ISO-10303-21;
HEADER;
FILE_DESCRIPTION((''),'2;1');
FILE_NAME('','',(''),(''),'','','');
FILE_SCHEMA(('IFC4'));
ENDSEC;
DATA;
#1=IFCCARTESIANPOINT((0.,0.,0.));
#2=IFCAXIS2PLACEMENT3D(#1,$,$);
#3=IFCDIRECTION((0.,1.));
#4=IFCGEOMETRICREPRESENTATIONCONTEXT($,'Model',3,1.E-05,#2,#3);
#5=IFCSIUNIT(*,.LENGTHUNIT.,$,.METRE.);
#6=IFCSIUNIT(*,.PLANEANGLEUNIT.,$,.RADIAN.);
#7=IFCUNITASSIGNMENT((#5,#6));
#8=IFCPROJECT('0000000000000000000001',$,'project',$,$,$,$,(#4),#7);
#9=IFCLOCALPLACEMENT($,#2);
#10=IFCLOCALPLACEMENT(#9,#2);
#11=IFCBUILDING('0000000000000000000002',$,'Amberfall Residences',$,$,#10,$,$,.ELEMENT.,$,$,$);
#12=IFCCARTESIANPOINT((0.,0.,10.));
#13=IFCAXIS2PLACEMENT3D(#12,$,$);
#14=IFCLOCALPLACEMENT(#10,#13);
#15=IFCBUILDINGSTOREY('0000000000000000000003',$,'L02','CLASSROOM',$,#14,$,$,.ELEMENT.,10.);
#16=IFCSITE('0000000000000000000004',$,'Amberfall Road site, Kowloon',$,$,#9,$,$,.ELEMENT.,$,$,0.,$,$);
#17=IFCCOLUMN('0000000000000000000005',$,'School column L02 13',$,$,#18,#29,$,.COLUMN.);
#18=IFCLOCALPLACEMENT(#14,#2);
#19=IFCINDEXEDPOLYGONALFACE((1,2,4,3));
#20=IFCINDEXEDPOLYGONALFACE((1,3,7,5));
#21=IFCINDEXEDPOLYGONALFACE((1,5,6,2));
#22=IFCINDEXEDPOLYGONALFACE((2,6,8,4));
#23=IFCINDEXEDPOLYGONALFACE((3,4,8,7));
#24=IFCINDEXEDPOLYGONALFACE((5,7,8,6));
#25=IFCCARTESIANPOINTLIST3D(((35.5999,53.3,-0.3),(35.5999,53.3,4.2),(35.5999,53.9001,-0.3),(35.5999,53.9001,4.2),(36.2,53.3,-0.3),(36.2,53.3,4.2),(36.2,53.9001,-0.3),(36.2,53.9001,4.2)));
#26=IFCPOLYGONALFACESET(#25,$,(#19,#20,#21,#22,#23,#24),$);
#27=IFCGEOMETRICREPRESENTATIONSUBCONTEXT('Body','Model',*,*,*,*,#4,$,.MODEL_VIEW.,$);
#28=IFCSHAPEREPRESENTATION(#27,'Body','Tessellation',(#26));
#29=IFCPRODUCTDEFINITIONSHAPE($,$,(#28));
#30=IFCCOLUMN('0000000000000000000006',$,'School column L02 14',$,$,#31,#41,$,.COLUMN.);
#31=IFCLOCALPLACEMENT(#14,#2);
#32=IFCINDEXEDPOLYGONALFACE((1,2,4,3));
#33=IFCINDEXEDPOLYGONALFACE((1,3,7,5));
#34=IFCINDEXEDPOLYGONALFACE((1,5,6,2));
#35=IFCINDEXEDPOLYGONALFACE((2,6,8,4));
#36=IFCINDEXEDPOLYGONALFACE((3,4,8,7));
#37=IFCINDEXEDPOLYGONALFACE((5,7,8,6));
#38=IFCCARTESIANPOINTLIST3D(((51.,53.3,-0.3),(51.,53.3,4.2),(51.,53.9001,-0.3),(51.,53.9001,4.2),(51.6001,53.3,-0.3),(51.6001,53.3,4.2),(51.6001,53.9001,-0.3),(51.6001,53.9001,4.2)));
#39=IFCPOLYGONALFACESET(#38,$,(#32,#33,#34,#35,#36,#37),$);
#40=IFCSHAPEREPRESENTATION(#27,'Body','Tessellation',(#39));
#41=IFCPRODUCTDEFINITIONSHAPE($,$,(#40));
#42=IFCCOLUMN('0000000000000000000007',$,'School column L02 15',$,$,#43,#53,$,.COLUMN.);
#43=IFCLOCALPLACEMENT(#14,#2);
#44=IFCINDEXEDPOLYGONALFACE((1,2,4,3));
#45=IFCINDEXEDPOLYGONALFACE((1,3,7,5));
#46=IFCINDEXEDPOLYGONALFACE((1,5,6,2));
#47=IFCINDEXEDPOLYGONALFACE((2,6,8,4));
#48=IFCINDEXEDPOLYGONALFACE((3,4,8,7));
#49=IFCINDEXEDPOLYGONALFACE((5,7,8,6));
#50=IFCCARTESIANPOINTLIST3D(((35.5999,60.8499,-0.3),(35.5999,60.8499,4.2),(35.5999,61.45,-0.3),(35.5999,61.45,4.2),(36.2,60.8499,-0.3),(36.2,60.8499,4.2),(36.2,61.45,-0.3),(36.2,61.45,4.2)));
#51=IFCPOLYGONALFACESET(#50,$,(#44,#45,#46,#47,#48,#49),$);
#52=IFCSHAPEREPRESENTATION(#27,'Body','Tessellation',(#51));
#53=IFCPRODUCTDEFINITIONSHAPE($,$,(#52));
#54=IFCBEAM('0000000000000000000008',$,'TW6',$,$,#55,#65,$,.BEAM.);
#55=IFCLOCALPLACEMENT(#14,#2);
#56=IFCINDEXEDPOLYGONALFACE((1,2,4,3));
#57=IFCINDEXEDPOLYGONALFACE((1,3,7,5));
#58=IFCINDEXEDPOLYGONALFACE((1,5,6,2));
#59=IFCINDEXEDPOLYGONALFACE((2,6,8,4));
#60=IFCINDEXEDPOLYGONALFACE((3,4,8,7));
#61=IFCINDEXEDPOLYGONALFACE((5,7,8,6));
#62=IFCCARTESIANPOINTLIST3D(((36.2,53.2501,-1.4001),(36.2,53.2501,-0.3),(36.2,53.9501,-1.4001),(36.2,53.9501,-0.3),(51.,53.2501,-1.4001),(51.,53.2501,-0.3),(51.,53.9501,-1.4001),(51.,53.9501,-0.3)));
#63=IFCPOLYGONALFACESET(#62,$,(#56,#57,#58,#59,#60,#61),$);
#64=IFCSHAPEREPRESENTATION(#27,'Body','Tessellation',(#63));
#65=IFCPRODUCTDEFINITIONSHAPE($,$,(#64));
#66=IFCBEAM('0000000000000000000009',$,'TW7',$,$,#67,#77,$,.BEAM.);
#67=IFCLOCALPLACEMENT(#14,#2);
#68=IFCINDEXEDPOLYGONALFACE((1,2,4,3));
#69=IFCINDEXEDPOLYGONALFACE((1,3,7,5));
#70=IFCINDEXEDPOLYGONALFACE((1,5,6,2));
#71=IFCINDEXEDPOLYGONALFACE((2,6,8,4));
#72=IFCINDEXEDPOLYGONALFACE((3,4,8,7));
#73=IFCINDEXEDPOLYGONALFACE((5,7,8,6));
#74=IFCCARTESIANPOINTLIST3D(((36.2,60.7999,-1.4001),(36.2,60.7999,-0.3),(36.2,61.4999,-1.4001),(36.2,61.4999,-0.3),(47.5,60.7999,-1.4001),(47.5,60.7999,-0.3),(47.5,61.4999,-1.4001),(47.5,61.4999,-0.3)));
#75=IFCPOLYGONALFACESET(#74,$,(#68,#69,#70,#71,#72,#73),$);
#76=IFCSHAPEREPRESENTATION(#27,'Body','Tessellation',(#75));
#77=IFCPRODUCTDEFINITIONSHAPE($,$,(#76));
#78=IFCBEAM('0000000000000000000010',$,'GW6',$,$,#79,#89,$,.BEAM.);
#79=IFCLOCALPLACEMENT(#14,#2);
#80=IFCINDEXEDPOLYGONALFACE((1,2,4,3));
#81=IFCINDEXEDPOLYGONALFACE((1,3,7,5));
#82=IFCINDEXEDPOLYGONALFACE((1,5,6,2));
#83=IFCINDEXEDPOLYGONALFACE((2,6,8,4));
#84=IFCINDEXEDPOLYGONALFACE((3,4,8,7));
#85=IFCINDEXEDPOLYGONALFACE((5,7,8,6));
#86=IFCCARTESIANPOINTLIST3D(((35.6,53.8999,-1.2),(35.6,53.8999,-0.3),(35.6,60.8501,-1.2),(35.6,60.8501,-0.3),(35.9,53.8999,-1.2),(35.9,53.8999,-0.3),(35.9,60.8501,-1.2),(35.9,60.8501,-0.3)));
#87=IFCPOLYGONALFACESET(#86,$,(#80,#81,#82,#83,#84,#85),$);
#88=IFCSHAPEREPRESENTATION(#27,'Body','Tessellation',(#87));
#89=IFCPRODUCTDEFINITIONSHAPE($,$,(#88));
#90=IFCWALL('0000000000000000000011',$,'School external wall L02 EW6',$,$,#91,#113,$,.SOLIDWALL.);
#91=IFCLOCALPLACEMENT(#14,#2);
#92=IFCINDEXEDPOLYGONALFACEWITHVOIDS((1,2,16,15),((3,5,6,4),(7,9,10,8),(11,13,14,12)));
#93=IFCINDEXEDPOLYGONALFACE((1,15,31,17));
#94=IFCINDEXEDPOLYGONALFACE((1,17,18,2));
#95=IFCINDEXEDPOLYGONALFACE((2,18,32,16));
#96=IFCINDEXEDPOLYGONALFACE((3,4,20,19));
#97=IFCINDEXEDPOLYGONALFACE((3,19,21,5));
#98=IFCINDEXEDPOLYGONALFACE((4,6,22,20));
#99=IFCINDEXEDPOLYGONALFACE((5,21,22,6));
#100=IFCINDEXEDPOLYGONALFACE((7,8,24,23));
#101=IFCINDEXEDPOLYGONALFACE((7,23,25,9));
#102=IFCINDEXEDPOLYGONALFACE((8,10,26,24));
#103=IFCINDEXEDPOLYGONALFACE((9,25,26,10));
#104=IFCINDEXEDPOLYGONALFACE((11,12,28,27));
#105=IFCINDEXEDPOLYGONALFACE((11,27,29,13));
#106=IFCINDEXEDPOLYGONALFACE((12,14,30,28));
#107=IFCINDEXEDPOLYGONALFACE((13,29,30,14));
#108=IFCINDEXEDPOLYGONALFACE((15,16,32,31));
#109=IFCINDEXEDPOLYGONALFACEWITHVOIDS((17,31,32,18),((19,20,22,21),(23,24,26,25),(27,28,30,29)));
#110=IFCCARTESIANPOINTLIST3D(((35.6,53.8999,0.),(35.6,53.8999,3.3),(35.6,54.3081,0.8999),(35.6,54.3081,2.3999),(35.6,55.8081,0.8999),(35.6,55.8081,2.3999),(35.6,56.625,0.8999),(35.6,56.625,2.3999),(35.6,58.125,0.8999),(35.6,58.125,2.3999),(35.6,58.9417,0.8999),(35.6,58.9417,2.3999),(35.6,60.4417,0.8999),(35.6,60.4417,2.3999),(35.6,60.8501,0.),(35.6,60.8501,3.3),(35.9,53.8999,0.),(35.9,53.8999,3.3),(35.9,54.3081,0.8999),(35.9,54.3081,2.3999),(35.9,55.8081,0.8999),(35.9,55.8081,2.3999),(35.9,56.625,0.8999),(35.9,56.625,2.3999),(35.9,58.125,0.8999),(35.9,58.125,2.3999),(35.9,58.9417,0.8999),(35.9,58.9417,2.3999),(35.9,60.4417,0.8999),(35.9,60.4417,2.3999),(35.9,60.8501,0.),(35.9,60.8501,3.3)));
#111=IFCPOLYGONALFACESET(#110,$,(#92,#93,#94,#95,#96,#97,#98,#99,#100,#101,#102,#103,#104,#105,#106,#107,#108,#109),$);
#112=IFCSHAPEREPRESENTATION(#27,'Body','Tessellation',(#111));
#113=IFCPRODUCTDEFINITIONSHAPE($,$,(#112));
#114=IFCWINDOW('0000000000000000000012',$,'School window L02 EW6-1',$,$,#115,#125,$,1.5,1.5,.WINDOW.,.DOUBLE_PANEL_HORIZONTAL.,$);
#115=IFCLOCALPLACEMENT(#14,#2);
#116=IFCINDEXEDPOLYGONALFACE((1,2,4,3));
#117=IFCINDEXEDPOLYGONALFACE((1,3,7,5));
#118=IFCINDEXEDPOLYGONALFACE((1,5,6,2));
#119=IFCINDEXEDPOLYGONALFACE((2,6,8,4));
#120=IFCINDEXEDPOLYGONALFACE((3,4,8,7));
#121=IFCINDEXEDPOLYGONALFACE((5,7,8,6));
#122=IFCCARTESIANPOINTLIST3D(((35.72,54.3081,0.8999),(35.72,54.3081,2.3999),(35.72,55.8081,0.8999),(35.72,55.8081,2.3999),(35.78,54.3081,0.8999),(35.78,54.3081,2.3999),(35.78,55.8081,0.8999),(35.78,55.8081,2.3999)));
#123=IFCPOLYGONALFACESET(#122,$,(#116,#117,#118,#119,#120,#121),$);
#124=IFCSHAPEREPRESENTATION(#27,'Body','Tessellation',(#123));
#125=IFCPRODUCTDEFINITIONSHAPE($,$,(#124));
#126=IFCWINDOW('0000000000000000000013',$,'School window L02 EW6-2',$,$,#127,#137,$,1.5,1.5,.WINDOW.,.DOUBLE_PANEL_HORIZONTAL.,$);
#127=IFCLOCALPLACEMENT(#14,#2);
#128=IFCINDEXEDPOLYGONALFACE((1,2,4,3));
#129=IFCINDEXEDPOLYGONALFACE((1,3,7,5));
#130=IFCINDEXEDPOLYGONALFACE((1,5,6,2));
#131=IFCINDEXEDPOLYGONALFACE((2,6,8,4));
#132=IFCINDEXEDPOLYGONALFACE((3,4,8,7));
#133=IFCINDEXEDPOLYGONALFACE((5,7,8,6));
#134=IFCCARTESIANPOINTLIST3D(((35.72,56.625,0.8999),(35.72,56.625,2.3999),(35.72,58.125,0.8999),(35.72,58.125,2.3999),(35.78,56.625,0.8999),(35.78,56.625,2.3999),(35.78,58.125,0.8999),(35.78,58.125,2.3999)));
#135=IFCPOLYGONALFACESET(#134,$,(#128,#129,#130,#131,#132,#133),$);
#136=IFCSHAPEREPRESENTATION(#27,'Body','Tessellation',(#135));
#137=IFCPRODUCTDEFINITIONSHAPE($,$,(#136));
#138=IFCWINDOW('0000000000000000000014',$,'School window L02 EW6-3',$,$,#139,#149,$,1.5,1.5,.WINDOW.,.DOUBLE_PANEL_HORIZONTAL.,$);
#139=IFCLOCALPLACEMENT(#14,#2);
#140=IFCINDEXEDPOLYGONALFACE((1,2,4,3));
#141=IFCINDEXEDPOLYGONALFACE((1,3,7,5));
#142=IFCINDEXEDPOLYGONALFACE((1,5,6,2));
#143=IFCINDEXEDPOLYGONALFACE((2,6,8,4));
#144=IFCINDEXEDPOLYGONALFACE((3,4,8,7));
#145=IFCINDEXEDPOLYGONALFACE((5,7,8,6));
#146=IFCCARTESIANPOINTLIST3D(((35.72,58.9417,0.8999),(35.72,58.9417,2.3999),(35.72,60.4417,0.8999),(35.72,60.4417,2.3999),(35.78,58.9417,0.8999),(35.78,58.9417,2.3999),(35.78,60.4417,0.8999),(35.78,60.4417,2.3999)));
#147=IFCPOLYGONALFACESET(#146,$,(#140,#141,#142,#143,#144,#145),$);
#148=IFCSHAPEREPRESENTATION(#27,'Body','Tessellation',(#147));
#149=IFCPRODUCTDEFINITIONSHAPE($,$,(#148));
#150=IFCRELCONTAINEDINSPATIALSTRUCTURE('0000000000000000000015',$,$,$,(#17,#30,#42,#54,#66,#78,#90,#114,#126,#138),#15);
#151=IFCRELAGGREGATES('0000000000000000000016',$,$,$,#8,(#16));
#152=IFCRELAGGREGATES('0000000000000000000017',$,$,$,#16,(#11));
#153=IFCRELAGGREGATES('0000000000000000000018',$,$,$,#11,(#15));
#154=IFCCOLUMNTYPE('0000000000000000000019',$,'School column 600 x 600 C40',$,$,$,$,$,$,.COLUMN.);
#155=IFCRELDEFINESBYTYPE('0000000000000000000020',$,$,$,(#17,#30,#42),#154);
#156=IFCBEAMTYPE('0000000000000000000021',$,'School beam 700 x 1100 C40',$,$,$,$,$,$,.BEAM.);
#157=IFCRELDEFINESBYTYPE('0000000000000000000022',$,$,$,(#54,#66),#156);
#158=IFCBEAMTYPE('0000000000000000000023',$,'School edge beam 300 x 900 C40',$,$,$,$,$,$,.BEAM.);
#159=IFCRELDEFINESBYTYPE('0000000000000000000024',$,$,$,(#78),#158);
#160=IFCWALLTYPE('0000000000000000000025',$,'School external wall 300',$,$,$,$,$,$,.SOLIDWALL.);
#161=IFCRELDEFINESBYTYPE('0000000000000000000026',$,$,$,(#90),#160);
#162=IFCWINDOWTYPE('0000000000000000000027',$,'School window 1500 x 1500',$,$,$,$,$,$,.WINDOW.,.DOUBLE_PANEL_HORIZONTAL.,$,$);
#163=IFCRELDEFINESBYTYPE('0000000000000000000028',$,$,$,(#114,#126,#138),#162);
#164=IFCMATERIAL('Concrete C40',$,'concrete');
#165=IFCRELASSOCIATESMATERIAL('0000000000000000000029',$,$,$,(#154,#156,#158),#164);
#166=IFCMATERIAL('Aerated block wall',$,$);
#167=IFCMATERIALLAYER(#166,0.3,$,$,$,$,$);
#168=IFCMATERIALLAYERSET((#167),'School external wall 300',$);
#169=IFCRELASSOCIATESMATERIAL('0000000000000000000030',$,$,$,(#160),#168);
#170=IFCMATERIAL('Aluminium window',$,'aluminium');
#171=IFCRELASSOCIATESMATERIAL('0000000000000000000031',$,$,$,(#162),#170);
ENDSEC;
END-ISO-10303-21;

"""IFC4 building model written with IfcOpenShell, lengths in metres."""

from ifc_helpers import new_model, si_unit, direction, frame, frame_2d, origin, origin_2d, place, context, subcontext, project, spatial, rectangle, extrude, material, layer, layer_set, material_profile, profile_set, type_object, element, fill, save


model = new_model("IFC4")

# Units and contexts
model_context = context("Model", 3, precision=1e-05, world=origin(), true_north=direction((0.0, 1.0)))
body_context = subcontext(model_context, "Body", "Model", "MODEL_VIEW")
ifc_project = project(units=[si_unit("LENGTHUNIT", "METRE"), si_unit("PLANEANGLEUNIT", "RADIAN")], contexts=[model_context])

# Site, building, storey
site_placement = place(None, origin())
site = spatial("IfcSite", under=ifc_project, at=site_placement, Name="Amberfall Road site, Kowloon", CompositionType="ELEMENT", RefElevation=0.0)
building_placement = place(site_placement, origin())
building = spatial("IfcBuilding", under=site, at=building_placement, Name="Amberfall Residences", CompositionType="ELEMENT")
storey_placement = place(building_placement, frame((0.0, 0.0, 10.0)))
storey = spatial("IfcBuildingStorey", under=building, at=storey_placement, Name="L02", Description="CLASSROOM", CompositionType="ELEMENT", Elevation=10.0)

# Columns
ifc_material_1 = material(Name="Concrete C40", Category="concrete")
ifc_material_profile_1 = material_profile(ifc_material_1, rectangle(XDim=0.6001, YDim=0.6001, at=origin_2d()), Name="School column 600 x 600 C40")
ifc_profile_set_1 = profile_set([ifc_material_profile_1], Name="Concrete C40")
column_type = type_object("IfcColumnType", Name="School column 600 x 600 C40", PredefinedType="COLUMN", material=ifc_profile_set_1)
for number, where, z_axis, x_axis, name in (
    (1, (35.8999, 53.6001, -0.3), (0.0, 0.0, 1.0), (1.0, 0.0, 0.0), "School column L02 13"),
    (2, (51.3, 53.6001, -0.3), (0.0, 0.0, 1.0), (1.0, 0.0, 0.0), "School column L02 14"),
    (3, (35.8999, 61.1499, -0.3), (0.0, 0.0, 1.0), (1.0, 0.0, 0.0), "School column L02 15"),
):
    element("IfcColumn", number, at=place(storey_placement, frame(where, z_axis=z_axis, x_axis=x_axis)), inside=storey, type_object=column_type, Name=name, PredefinedType="COLUMN", context=body_context, shape_type="SweptSolid", body=[
        extrude(rectangle(XDim=0.6001, YDim=0.6001, at=origin_2d()), origin(), (0.0, 0.0, 1.0), 4.5),
    ])

# Beams
ifc_material_profile_2 = material_profile(ifc_material_1, rectangle(XDim=0.7, YDim=1.1001, at=origin_2d()), Name="School beam 700 x 1100 C40")
ifc_profile_set_2 = profile_set([ifc_material_profile_2], Name="Concrete C40")
beam_type_1 = type_object("IfcBeamType", Name="School beam 700 x 1100 C40", PredefinedType="BEAM", material=ifc_profile_set_2)
beam_1_placement = place(storey_placement, frame((36.2, 53.6001, -0.8501), z_axis=(1.0, 0.0, 0.0), x_axis=(0.0, 1.0, 0.0)))
element("IfcBeam", 4, at=beam_1_placement, inside=storey, type_object=beam_type_1, Name="TW6", PredefinedType="BEAM", context=body_context, shape_type="SweptSolid", body=[
    extrude(rectangle(XDim=0.7, YDim=1.1001, at=origin_2d()), origin(), (0.0, 0.0, 1.0), 14.8),
])
beam_2_placement = place(storey_placement, frame((36.2, 61.1499, -0.8501), z_axis=(1.0, 0.0, 0.0), x_axis=(0.0, 1.0, 0.0)))
element("IfcBeam", 5, at=beam_2_placement, inside=storey, type_object=beam_type_1, Name="TW7", PredefinedType="BEAM", context=body_context, shape_type="SweptSolid", body=[
    extrude(rectangle(XDim=0.7, YDim=1.1001, at=origin_2d()), origin(), (0.0, 0.0, 1.0), 11.3),
])
ifc_material_profile_3 = material_profile(ifc_material_1, rectangle(XDim=0.3, YDim=0.8999, at=origin_2d()), Name="School edge beam 300 x 900 C40")
ifc_profile_set_3 = profile_set([ifc_material_profile_3], Name="Concrete C40")
beam_type_2 = type_object("IfcBeamType", Name="School edge beam 300 x 900 C40", PredefinedType="BEAM", material=ifc_profile_set_3)
beam_3_placement = place(storey_placement, frame((35.75, 53.8999, -0.75), z_axis=(0.0, 1.0, 0.0), x_axis=(-1.0, 0.0, 0.0)))
element("IfcBeam", 6, at=beam_3_placement, inside=storey, type_object=beam_type_2, Name="GW6", PredefinedType="BEAM", context=body_context, shape_type="SweptSolid", body=[
    extrude(rectangle(XDim=0.3, YDim=0.8999, at=origin_2d()), origin(), (0.0, 0.0, 1.0), 6.9502),
])

# Wall, openings, windows
ifc_material_2 = material(Name="Aerated block wall")
ifc_layer_1 = layer(ifc_material_2, 0.3)
ifc_layer_set_1 = layer_set([ifc_layer_1], Name="School external wall 300")
wall_type_1 = type_object("IfcWallType", Name="School external wall 300", PredefinedType="SOLIDWALL", material=ifc_layer_set_1)
wall_1_placement = place(storey_placement, frame((35.75, 53.8999, 0.0), z_axis=(0.0, 0.0, 1.0), x_axis=(0.0, 1.0, 0.0)))
wall_1 = element("IfcWall", 7, at=wall_1_placement, inside=storey, type_object=wall_type_1, Name="School external wall L02 EW6", PredefinedType="SOLIDWALL", context=body_context, shape_type="SweptSolid", body=[
    extrude(rectangle(XDim=6.9502, YDim=0.3, at=frame_2d((3.4751, 0.0))), origin(), (0.0, 0.0, 1.0), 3.3),
])
opening_1_placement = place(wall_1_placement, frame((0.4082, 0.0, 0.8999)))
opening_1 = element("IfcOpeningElement", 8, at=opening_1_placement, cuts=wall_1, PredefinedType="OPENING", context=body_context, shape_type="SweptSolid", body=[
    extrude(rectangle(XDim=1.5, YDim=1.5, at=frame_2d((0.75, 0.75))), frame((0.0, 0.1599, 0.0), z_axis=(0.0, -1.0, 0.0), x_axis=(1.0, 0.0, 0.0)), (0.0, 0.0, 1.0), 0.3201),
])
opening_2_placement = place(wall_1_placement, frame((2.7251, 0.0, 0.8999)))
opening_2 = element("IfcOpeningElement", 9, at=opening_2_placement, cuts=wall_1, PredefinedType="OPENING", context=body_context, shape_type="SweptSolid", body=[
    extrude(rectangle(XDim=1.5, YDim=1.5, at=frame_2d((0.75, 0.75))), frame((0.0, 0.1599, 0.0), z_axis=(0.0, -1.0, 0.0), x_axis=(1.0, 0.0, 0.0)), (0.0, 0.0, 1.0), 0.3201),
])
opening_3_placement = place(wall_1_placement, frame((5.0417, 0.0, 0.8999)))
opening_3 = element("IfcOpeningElement", 10, at=opening_3_placement, cuts=wall_1, PredefinedType="OPENING", context=body_context, shape_type="SweptSolid", body=[
    extrude(rectangle(XDim=1.5, YDim=1.5, at=frame_2d((0.75, 0.75))), frame((0.0, 0.1599, 0.0), z_axis=(0.0, -1.0, 0.0), x_axis=(1.0, 0.0, 0.0)), (0.0, 0.0, 1.0), 0.3201),
])
ifc_material_3 = material(Name="Aluminium window", Category="aluminium")
window_type = type_object("IfcWindowType", Name="School window 1500 x 1500", PartitioningType="DOUBLE_PANEL_HORIZONTAL", PredefinedType="WINDOW", material=ifc_material_3)
window_1_placement = place(opening_1_placement, origin())
window_1 = element("IfcWindow", 11, at=window_1_placement, inside=storey, type_object=window_type, Name="School window L02 EW6-1", OverallHeight=1.5, OverallWidth=1.5, PartitioningType="DOUBLE_PANEL_HORIZONTAL", PredefinedType="WINDOW", context=body_context, shape_type="SweptSolid", body=[
    extrude(rectangle(XDim=1.5, YDim=1.5, at=frame_2d((0.75, 0.75))), frame((0.0, 0.03, 0.0), z_axis=(0.0, -1.0, 0.0), x_axis=(1.0, 0.0, 0.0)), (0.0, 0.0, 1.0), 0.0601),
])
fill(opening_1, window_1)
window_2_placement = place(opening_2_placement, origin())
window_2 = element("IfcWindow", 12, at=window_2_placement, inside=storey, type_object=window_type, Name="School window L02 EW6-2", OverallHeight=1.5, OverallWidth=1.5, PartitioningType="DOUBLE_PANEL_HORIZONTAL", PredefinedType="WINDOW", context=body_context, shape_type="SweptSolid", body=[
    extrude(rectangle(XDim=1.5, YDim=1.5, at=frame_2d((0.75, 0.75))), frame((0.0, 0.03, 0.0), z_axis=(0.0, -1.0, 0.0), x_axis=(1.0, 0.0, 0.0)), (0.0, 0.0, 1.0), 0.0601),
])
fill(opening_2, window_2)
window_3_placement = place(opening_3_placement, origin())
window_3 = element("IfcWindow", 13, at=window_3_placement, inside=storey, type_object=window_type, Name="School window L02 EW6-3", OverallHeight=1.5, OverallWidth=1.5, PartitioningType="DOUBLE_PANEL_HORIZONTAL", PredefinedType="WINDOW", context=body_context, shape_type="SweptSolid", body=[
    extrude(rectangle(XDim=1.5, YDim=1.5, at=frame_2d((0.75, 0.75))), frame((0.0, 0.03, 0.0), z_axis=(0.0, -1.0, 0.0), x_axis=(1.0, 0.0, 0.0)), (0.0, 0.0, 1.0), 0.0601),
])
fill(opening_3, window_3)

save(model, "model.ifc")
